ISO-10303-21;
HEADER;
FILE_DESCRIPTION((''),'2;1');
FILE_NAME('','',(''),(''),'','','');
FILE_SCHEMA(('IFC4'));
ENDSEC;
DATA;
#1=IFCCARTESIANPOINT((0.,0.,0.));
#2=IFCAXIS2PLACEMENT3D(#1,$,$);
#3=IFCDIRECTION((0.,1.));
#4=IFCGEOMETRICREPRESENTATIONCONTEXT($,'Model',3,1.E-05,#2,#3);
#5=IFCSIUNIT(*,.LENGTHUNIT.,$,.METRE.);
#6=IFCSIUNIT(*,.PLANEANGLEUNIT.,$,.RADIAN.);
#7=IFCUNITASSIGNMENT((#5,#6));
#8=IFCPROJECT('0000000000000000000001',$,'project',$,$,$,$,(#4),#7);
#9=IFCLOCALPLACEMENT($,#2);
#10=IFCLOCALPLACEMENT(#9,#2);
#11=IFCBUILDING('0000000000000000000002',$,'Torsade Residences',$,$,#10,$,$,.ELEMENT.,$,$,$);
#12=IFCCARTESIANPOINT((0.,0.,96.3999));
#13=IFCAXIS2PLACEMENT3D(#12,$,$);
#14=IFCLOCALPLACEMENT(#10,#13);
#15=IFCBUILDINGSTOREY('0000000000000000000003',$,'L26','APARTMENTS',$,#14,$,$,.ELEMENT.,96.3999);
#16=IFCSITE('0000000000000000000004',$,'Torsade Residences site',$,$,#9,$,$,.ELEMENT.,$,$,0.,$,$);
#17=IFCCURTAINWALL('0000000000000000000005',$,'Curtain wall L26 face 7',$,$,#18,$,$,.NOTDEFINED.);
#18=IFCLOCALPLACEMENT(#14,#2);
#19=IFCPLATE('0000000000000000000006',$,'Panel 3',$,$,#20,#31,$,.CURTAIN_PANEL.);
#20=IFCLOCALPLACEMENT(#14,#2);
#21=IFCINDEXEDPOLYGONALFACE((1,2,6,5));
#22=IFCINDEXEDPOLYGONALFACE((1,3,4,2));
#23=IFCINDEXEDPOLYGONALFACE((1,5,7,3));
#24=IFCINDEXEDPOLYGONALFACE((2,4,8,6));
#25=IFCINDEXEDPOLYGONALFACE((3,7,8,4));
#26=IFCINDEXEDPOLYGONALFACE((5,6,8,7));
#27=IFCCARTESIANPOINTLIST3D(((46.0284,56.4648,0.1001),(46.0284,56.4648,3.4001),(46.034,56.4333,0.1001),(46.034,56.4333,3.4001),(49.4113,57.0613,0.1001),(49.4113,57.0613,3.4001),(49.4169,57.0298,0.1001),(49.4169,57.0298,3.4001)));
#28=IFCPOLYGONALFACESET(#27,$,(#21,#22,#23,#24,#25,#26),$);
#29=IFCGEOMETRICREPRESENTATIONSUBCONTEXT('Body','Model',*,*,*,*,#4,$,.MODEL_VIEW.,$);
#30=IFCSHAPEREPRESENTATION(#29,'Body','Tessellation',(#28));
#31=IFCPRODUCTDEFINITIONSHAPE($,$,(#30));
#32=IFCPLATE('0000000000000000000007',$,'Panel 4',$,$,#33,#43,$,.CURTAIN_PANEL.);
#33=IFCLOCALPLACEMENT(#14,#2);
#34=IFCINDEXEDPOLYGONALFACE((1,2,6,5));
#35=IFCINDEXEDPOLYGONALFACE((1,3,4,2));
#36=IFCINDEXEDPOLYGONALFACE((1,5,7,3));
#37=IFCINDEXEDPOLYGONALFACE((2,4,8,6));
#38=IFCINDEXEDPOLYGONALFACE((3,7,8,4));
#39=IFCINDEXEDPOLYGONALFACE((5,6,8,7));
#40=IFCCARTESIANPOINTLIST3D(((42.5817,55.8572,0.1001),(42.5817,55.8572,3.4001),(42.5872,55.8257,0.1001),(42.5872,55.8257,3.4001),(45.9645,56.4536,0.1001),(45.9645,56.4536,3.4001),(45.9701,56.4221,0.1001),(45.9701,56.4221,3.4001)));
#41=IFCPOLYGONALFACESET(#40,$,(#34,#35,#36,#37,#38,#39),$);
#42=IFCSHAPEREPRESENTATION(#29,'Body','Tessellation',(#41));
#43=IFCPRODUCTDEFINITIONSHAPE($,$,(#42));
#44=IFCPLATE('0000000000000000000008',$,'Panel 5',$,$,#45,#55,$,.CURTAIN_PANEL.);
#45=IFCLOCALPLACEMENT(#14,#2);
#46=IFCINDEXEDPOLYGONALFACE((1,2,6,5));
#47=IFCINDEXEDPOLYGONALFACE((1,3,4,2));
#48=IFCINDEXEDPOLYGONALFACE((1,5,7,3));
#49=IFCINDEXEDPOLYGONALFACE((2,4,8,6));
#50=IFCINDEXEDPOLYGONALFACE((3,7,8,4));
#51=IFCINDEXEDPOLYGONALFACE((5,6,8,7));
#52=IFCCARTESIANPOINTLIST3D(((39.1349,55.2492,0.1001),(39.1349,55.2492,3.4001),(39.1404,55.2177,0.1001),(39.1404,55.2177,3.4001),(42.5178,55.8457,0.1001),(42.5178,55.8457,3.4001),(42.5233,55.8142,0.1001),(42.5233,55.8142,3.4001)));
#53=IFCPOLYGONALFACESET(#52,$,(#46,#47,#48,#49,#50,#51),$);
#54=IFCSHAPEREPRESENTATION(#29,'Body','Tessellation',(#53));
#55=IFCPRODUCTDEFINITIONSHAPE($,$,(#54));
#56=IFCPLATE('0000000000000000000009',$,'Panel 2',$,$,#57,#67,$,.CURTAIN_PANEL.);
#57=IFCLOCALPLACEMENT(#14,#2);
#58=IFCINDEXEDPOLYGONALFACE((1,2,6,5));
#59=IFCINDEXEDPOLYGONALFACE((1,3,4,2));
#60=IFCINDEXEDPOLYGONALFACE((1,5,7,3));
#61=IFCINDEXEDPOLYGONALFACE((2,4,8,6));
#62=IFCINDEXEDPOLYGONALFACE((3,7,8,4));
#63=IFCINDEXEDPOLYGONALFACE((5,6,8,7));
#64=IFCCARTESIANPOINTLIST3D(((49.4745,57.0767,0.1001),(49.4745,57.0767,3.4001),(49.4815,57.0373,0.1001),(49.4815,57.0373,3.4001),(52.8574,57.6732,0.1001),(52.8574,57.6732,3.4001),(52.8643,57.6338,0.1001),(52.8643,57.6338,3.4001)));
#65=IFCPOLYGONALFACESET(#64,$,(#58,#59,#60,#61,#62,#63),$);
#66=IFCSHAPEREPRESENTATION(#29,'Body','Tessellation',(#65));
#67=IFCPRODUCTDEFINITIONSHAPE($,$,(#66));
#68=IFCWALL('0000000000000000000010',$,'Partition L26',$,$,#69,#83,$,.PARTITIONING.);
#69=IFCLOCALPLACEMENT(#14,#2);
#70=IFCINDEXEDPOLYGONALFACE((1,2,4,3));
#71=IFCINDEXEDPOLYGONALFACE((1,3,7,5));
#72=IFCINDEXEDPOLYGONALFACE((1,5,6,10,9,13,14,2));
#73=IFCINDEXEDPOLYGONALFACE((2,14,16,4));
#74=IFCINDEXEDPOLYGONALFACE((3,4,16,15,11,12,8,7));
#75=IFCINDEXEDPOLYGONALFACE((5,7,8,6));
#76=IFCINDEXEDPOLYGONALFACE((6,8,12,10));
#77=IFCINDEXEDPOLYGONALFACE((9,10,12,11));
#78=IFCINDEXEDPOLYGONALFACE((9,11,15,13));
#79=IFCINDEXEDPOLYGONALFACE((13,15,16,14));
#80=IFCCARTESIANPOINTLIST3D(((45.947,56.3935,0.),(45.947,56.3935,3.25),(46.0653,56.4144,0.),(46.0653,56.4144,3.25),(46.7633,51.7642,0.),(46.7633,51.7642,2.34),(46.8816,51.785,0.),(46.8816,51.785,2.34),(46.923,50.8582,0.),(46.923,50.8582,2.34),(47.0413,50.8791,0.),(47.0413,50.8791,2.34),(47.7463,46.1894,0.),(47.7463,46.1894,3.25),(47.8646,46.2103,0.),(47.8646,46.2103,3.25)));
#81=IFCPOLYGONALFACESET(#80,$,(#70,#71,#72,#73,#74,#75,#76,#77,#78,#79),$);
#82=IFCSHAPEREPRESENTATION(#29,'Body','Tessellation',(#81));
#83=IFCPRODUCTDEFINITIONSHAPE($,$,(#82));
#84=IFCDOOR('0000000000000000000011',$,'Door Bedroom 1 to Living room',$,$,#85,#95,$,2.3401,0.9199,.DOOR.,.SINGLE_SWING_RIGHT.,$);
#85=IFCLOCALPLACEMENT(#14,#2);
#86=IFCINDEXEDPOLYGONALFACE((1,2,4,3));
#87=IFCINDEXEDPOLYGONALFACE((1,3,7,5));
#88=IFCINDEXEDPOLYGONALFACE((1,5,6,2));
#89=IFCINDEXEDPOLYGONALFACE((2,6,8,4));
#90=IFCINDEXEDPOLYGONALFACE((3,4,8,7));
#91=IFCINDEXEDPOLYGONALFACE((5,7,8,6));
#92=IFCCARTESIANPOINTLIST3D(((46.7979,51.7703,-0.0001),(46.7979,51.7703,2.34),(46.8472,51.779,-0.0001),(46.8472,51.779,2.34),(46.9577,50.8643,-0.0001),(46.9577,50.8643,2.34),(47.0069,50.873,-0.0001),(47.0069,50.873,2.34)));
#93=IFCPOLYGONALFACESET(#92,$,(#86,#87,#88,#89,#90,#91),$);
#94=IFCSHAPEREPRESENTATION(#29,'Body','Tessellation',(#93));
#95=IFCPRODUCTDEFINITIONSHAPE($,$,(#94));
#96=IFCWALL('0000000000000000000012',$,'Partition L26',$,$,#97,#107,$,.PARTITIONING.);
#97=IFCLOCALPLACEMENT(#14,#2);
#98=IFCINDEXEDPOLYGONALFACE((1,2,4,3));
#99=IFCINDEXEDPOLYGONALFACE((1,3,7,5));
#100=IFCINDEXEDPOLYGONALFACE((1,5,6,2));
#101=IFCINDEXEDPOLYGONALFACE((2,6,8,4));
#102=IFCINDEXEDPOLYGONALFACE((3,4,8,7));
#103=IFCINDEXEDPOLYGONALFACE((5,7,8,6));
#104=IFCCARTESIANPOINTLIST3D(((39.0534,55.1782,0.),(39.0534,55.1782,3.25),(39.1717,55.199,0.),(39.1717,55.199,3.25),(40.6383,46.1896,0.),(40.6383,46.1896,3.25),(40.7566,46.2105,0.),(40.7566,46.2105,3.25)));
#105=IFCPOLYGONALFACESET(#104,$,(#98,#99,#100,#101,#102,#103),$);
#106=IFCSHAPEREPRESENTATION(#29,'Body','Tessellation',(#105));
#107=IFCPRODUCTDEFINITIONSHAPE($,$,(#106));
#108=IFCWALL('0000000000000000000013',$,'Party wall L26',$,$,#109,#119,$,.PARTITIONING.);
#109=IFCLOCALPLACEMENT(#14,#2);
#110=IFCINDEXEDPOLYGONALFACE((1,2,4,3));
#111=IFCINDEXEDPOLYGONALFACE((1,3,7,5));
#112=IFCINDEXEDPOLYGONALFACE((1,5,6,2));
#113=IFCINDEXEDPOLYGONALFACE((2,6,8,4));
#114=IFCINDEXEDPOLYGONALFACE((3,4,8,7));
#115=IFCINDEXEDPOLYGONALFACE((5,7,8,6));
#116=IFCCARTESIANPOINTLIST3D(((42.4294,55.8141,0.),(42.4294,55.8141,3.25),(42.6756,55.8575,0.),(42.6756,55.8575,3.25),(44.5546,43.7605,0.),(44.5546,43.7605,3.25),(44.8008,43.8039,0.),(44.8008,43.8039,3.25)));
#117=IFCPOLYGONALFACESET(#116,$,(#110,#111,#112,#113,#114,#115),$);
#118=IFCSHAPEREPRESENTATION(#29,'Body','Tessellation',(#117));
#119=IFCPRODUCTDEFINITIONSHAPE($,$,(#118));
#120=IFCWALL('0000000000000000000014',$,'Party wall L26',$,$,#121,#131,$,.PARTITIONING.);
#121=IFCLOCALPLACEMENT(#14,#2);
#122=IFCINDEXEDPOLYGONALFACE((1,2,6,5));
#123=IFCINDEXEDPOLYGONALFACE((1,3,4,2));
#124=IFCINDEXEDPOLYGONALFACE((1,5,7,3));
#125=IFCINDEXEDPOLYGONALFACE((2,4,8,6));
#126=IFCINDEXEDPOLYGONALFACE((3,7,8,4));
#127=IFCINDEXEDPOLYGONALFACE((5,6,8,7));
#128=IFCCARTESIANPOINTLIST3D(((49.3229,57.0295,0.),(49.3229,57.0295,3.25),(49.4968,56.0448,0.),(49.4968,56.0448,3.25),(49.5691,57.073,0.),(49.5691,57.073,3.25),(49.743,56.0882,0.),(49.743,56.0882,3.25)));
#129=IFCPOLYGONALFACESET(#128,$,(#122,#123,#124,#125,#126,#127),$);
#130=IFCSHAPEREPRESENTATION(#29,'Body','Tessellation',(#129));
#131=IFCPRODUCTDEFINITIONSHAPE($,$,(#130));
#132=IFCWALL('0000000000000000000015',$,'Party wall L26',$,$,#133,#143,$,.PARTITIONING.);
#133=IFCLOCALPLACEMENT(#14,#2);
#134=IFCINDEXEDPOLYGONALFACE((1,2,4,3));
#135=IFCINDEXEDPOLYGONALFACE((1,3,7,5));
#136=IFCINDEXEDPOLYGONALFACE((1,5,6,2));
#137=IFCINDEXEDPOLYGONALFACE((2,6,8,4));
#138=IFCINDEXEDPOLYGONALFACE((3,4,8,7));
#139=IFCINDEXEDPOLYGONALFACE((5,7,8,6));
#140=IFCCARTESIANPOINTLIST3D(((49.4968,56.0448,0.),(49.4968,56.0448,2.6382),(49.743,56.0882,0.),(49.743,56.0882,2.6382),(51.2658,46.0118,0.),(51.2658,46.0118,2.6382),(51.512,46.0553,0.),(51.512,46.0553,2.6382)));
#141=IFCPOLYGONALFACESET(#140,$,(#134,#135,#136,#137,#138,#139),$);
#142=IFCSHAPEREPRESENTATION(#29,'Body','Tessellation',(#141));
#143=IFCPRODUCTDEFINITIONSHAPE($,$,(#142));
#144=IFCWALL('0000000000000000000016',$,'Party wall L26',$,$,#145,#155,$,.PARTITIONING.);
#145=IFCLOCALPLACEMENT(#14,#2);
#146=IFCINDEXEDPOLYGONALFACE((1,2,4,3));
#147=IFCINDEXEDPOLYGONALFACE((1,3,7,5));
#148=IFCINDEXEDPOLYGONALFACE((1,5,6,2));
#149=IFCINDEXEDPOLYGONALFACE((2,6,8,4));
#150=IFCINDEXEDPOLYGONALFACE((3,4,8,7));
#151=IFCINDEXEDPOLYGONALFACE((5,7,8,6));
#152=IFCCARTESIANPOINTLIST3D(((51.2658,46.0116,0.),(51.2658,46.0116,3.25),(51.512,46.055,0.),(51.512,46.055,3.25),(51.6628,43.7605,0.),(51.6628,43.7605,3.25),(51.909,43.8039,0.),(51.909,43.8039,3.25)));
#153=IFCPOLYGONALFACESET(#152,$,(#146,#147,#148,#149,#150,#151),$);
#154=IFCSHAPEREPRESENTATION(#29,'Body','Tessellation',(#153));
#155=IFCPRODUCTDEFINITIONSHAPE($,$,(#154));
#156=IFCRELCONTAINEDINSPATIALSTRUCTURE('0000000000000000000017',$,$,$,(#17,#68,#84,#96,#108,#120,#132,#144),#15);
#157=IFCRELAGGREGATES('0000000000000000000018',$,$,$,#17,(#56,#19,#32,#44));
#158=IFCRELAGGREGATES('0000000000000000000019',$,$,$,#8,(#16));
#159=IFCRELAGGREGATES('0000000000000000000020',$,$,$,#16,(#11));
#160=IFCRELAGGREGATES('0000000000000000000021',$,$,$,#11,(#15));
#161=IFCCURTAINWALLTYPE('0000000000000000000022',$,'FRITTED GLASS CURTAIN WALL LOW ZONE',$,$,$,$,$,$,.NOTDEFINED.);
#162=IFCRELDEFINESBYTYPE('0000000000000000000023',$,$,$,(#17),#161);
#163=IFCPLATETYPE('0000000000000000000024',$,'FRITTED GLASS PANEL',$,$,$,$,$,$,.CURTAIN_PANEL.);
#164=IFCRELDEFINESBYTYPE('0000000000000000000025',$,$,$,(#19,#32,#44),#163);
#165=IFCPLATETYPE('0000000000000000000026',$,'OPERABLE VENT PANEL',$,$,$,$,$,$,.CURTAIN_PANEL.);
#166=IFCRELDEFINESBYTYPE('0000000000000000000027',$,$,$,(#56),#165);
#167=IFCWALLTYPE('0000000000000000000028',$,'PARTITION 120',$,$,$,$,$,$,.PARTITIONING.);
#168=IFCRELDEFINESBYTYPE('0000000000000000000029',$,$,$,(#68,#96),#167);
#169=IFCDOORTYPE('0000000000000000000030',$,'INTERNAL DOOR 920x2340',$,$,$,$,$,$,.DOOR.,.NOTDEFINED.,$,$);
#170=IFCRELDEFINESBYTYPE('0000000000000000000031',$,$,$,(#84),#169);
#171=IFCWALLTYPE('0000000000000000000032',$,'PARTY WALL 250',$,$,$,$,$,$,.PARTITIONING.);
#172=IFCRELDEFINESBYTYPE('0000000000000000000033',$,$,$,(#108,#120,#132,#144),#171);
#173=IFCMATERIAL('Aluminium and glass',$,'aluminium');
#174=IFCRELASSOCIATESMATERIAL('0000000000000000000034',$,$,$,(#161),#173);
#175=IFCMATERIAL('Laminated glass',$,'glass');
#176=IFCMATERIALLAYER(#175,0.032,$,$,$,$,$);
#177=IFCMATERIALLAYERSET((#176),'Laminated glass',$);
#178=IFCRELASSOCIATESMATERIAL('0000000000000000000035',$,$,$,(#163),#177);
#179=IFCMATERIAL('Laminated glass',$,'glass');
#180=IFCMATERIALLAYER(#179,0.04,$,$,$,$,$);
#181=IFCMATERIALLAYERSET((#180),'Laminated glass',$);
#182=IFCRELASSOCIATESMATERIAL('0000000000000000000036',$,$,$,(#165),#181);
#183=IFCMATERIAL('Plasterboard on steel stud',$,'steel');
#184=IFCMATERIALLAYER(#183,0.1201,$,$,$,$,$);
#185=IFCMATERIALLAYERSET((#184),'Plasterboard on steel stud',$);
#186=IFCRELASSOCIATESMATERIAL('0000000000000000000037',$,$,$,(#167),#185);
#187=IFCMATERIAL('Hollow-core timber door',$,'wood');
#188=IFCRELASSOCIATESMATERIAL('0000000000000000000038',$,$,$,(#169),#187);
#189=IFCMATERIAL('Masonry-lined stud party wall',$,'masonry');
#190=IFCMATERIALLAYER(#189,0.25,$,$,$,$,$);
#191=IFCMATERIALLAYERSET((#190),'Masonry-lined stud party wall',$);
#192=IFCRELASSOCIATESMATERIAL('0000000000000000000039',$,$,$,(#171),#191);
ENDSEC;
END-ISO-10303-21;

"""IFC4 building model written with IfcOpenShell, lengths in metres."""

from ifc_helpers import new_model, si_unit, direction, frame, frame_2d, origin, origin_2d, place, context, subcontext, project, spatial, rectangle, extrude, material, layer, layer_set, type_object, element, fill, aggregate, save


model = new_model("IFC4")

# Units and contexts
model_context = context("Model", 3, precision=1e-05, world=origin(), true_north=direction((0.0, 1.0)))
body_context = subcontext(model_context, "Body", "Model", "MODEL_VIEW")
ifc_project = project(units=[si_unit("LENGTHUNIT", "METRE"), si_unit("PLANEANGLEUNIT", "RADIAN")], contexts=[model_context])

# Site, building, storey
site_placement = place(None, origin())
site = spatial("IfcSite", under=ifc_project, at=site_placement, Name="Torsade Residences site", CompositionType="ELEMENT", RefElevation=0.0)
building_placement = place(site_placement, origin())
building = spatial("IfcBuilding", under=site, at=building_placement, Name="Torsade Residences", CompositionType="ELEMENT")
storey_placement = place(building_placement, frame((0.0, 0.0, 96.3999)))
storey = spatial("IfcBuildingStorey", under=building, at=storey_placement, Name="L26", Description="APARTMENTS", CompositionType="ELEMENT", Elevation=96.3999)

# Curtain wall
ifc_material_1 = material(Name="Aluminium and glass", Category="aluminium")
curtain_wall_type = type_object("IfcCurtainWallType", Name="FRITTED GLASS CURTAIN WALL LOW ZONE", PredefinedType="NOTDEFINED", material=ifc_material_1)
curtain_wall_placement = place(storey_placement, origin())
curtain_wall = element("IfcCurtainWall", 1, at=curtain_wall_placement, inside=storey, type_object=curtain_wall_type, Name="Curtain wall L26 face 7", PredefinedType="NOTDEFINED")

# Plates
ifc_material_2 = material(Name="Laminated glass", Category="glass")
ifc_layer_1 = layer(ifc_material_2, 0.032)
ifc_layer_set_1 = layer_set([ifc_layer_1], Name="Laminated glass")
plate_type_1 = type_object("IfcPlateType", Name="FRITTED GLASS PANEL", PredefinedType="CURTAIN_PANEL", material=ifc_layer_set_1)
plate_1_placement = place(storey_placement, frame((47.7227, 56.7473, 0.1001), z_axis=(0.0, 0.0, 1.0), x_axis=(-0.984808, -0.173648, 0.0)))
plate_1 = element("IfcPlate", 2, at=plate_1_placement, type_object=plate_type_1, Name="Panel 3", PredefinedType="CURTAIN_PANEL", context=body_context, shape_type="SweptSolid", body=[
    extrude(rectangle(XDim=3.4351, YDim=0.032, at=origin_2d()), origin(), (0.0, 0.0, 1.0), 3.3),
])
plate_2_placement = place(storey_placement, frame((44.2759, 56.1396, 0.1001), z_axis=(0.0, 0.0, 1.0), x_axis=(-0.984808, -0.173648, 0.0)))
plate_2 = element("IfcPlate", 3, at=plate_2_placement, type_object=plate_type_1, Name="Panel 4", PredefinedType="CURTAIN_PANEL", context=body_context, shape_type="SweptSolid", body=[
    extrude(rectangle(XDim=3.4351, YDim=0.032, at=origin_2d()), origin(), (0.0, 0.0, 1.0), 3.3),
])
plate_3_placement = place(storey_placement, frame((40.8291, 55.5317, 0.1001), z_axis=(0.0, 0.0, 1.0), x_axis=(-0.984808, -0.173648, 0.0)))
plate_3 = element("IfcPlate", 4, at=plate_3_placement, type_object=plate_type_1, Name="Panel 5", PredefinedType="CURTAIN_PANEL", context=body_context, shape_type="SweptSolid", body=[
    extrude(rectangle(XDim=3.4351, YDim=0.032, at=origin_2d()), origin(), (0.0, 0.0, 1.0), 3.3),
])
ifc_material_3 = material(Name="Laminated glass", Category="glass")
ifc_layer_2 = layer(ifc_material_3, 0.04)
ifc_layer_set_2 = layer_set([ifc_layer_2], Name="Laminated glass")
plate_type_2 = type_object("IfcPlateType", Name="OPERABLE VENT PANEL", PredefinedType="CURTAIN_PANEL", material=ifc_layer_set_2)
plate_4_placement = place(storey_placement, frame((51.1694, 57.3552, 0.1001), z_axis=(0.0, 0.0, 1.0), x_axis=(-0.984808, -0.173648, 0.0)))
plate_4 = element("IfcPlate", 5, at=plate_4_placement, type_object=plate_type_2, Name="Panel 2", PredefinedType="CURTAIN_PANEL", context=body_context, shape_type="SweptSolid", body=[
    extrude(rectangle(XDim=3.4351, YDim=0.04, at=origin_2d()), origin(), (0.0, 0.0, 1.0), 3.3),
])
aggregate(curtain_wall, [plate_4, plate_1, plate_2, plate_3])

# Wall, opening, door
ifc_material_4 = material(Name="Plasterboard on steel stud", Category="steel")
ifc_layer_3 = layer(ifc_material_4, 0.1201)
ifc_layer_set_3 = layer_set([ifc_layer_3], Name="Plasterboard on steel stud")
wall_type_1 = type_object("IfcWallType", Name="PARTITION 120", PredefinedType="PARTITIONING", material=ifc_layer_set_3)
wall_1_placement = place(storey_placement, frame((47.8054, 46.2, 0.0), z_axis=(0.0, 0.0, 1.0), x_axis=(-0.173654, 0.984807, 0.0)))
wall_1 = element("IfcWall", 6, at=wall_1_placement, inside=storey, type_object=wall_type_1, Name="Partition L26", PredefinedType="PARTITIONING", context=body_context, shape_type="SweptSolid", body=[
    extrude(rectangle(XDim=10.3616, YDim=0.1201, at=frame_2d((5.1807, 0.0))), origin(), (0.0, 0.0, 1.0), 3.25),
])
opening_placement = place(wall_1_placement, frame((4.7407, 0.0, 0.0)))
opening = element("IfcOpeningElement", 7, at=opening_placement, cuts=wall_1, PredefinedType="OPENING", context=body_context, shape_type="SweptSolid", body=[
    extrude(rectangle(XDim=0.9199, YDim=2.3401, at=frame_2d((0.46, 1.1699))), frame((0.0, 0.0701, 0.0), z_axis=(0.0, -1.0, 0.0), x_axis=(1.0, 0.0, 0.0)), (0.0, 0.0, 1.0), 0.1401),
])
ifc_material_5 = material(Name="Hollow-core timber door", Category="wood")
door_type = type_object("IfcDoorType", Name="INTERNAL DOOR 920x2340", OperationType="NOTDEFINED", PredefinedType="DOOR", material=ifc_material_5)
door_placement = place(opening_placement, origin())
door = element("IfcDoor", 8, at=door_placement, inside=storey, type_object=door_type, Name="Door Bedroom 1 to Living room", OperationType="SINGLE_SWING_RIGHT", OverallHeight=2.3401, OverallWidth=0.9199, PredefinedType="DOOR", context=body_context, shape_type="SweptSolid", body=[
    extrude(rectangle(XDim=0.9199, YDim=2.3401, at=frame_2d((0.46, 1.1699))), frame((0.0, 0.0249, 0.0), z_axis=(0.0, -1.0, 0.0), x_axis=(1.0, 0.0, 0.0)), (0.0, 0.0, 1.0), 0.05),
])
fill(opening, door)

# Walls
wall_2_placement = place(storey_placement, frame((39.1125, 55.1885, 0.0), z_axis=(0.0, 0.0, 1.0), x_axis=(0.173653, -0.984807, 0.0)))
element("IfcWall", 9, at=wall_2_placement, inside=storey, type_object=wall_type_1, Name="Partition L26", PredefinedType="PARTITIONING", context=body_context, shape_type="SweptSolid", body=[
    extrude(rectangle(XDim=9.1272, YDim=0.1201, at=frame_2d((4.5635, 0.0))), origin(), (0.0, 0.0, 1.0), 3.25),
])
ifc_material_6 = material(Name="Masonry-lined stud party wall", Category="masonry")
ifc_layer_4 = layer(ifc_material_6, 0.25)
ifc_layer_set_4 = layer_set([ifc_layer_4], Name="Masonry-lined stud party wall")
wall_type_2 = type_object("IfcWallType", Name="PARTY WALL 250", PredefinedType="PARTITIONING", material=ifc_layer_set_4)
wall_3_placement = place(storey_placement, frame((42.5525, 55.8357, 0.0), z_axis=(0.0, 0.0, 1.0), x_axis=(0.17364, -0.984809, 0.0)))
element("IfcWall", 10, at=wall_3_placement, inside=storey, type_object=wall_type_2, Name="Party wall L26", PredefinedType="PARTITIONING", context=body_context, shape_type="SweptSolid", body=[
    extrude(rectangle(XDim=12.2395, YDim=0.25, at=frame_2d((6.1196, 0.0))), origin(), (0.0, 0.0, 1.0), 3.25),
])
wall_4_placement = place(storey_placement, frame((49.446, 57.0513, 0.0), z_axis=(0.0, 0.0, 1.0), x_axis=(0.173813, -0.984779, 0.0)))
element("IfcWall", 11, at=wall_4_placement, inside=storey, type_object=wall_type_2, Name="Party wall L26", PredefinedType="PARTITIONING", context=body_context, shape_type="SweptSolid", body=[
    extrude(rectangle(XDim=1.0, YDim=0.25, at=frame_2d((0.5, 0.0))), origin(), (0.0, 0.0, 1.0), 3.25),
])
wall_5_placement = place(storey_placement, frame((49.6199, 56.0664, 0.0), z_axis=(0.0, 0.0, 1.0), x_axis=(0.173645, -0.984808, 0.0)))
element("IfcWall", 12, at=wall_5_placement, inside=storey, type_object=wall_type_2, Name="Party wall L26", PredefinedType="PARTITIONING", context=body_context, shape_type="SweptSolid", body=[
    extrude(rectangle(XDim=10.1877, YDim=0.25, at=frame_2d((5.0938, 0.0))), origin(), (0.0, 0.0, 1.0), 2.6382),
])
wall_6_placement = place(storey_placement, frame((51.3889, 46.0334, 0.0), z_axis=(0.0, 0.0, 1.0), x_axis=(0.173657, -0.984806, 0.0)))
element("IfcWall", 13, at=wall_6_placement, inside=storey, type_object=wall_type_2, Name="Party wall L26", PredefinedType="PARTITIONING", context=body_context, shape_type="SweptSolid", body=[
    extrude(rectangle(XDim=2.2859, YDim=0.25, at=frame_2d((1.1431, 0.0))), origin(), (0.0, 0.0, 1.0), 3.25),
])

save(model, "model.ifc")
